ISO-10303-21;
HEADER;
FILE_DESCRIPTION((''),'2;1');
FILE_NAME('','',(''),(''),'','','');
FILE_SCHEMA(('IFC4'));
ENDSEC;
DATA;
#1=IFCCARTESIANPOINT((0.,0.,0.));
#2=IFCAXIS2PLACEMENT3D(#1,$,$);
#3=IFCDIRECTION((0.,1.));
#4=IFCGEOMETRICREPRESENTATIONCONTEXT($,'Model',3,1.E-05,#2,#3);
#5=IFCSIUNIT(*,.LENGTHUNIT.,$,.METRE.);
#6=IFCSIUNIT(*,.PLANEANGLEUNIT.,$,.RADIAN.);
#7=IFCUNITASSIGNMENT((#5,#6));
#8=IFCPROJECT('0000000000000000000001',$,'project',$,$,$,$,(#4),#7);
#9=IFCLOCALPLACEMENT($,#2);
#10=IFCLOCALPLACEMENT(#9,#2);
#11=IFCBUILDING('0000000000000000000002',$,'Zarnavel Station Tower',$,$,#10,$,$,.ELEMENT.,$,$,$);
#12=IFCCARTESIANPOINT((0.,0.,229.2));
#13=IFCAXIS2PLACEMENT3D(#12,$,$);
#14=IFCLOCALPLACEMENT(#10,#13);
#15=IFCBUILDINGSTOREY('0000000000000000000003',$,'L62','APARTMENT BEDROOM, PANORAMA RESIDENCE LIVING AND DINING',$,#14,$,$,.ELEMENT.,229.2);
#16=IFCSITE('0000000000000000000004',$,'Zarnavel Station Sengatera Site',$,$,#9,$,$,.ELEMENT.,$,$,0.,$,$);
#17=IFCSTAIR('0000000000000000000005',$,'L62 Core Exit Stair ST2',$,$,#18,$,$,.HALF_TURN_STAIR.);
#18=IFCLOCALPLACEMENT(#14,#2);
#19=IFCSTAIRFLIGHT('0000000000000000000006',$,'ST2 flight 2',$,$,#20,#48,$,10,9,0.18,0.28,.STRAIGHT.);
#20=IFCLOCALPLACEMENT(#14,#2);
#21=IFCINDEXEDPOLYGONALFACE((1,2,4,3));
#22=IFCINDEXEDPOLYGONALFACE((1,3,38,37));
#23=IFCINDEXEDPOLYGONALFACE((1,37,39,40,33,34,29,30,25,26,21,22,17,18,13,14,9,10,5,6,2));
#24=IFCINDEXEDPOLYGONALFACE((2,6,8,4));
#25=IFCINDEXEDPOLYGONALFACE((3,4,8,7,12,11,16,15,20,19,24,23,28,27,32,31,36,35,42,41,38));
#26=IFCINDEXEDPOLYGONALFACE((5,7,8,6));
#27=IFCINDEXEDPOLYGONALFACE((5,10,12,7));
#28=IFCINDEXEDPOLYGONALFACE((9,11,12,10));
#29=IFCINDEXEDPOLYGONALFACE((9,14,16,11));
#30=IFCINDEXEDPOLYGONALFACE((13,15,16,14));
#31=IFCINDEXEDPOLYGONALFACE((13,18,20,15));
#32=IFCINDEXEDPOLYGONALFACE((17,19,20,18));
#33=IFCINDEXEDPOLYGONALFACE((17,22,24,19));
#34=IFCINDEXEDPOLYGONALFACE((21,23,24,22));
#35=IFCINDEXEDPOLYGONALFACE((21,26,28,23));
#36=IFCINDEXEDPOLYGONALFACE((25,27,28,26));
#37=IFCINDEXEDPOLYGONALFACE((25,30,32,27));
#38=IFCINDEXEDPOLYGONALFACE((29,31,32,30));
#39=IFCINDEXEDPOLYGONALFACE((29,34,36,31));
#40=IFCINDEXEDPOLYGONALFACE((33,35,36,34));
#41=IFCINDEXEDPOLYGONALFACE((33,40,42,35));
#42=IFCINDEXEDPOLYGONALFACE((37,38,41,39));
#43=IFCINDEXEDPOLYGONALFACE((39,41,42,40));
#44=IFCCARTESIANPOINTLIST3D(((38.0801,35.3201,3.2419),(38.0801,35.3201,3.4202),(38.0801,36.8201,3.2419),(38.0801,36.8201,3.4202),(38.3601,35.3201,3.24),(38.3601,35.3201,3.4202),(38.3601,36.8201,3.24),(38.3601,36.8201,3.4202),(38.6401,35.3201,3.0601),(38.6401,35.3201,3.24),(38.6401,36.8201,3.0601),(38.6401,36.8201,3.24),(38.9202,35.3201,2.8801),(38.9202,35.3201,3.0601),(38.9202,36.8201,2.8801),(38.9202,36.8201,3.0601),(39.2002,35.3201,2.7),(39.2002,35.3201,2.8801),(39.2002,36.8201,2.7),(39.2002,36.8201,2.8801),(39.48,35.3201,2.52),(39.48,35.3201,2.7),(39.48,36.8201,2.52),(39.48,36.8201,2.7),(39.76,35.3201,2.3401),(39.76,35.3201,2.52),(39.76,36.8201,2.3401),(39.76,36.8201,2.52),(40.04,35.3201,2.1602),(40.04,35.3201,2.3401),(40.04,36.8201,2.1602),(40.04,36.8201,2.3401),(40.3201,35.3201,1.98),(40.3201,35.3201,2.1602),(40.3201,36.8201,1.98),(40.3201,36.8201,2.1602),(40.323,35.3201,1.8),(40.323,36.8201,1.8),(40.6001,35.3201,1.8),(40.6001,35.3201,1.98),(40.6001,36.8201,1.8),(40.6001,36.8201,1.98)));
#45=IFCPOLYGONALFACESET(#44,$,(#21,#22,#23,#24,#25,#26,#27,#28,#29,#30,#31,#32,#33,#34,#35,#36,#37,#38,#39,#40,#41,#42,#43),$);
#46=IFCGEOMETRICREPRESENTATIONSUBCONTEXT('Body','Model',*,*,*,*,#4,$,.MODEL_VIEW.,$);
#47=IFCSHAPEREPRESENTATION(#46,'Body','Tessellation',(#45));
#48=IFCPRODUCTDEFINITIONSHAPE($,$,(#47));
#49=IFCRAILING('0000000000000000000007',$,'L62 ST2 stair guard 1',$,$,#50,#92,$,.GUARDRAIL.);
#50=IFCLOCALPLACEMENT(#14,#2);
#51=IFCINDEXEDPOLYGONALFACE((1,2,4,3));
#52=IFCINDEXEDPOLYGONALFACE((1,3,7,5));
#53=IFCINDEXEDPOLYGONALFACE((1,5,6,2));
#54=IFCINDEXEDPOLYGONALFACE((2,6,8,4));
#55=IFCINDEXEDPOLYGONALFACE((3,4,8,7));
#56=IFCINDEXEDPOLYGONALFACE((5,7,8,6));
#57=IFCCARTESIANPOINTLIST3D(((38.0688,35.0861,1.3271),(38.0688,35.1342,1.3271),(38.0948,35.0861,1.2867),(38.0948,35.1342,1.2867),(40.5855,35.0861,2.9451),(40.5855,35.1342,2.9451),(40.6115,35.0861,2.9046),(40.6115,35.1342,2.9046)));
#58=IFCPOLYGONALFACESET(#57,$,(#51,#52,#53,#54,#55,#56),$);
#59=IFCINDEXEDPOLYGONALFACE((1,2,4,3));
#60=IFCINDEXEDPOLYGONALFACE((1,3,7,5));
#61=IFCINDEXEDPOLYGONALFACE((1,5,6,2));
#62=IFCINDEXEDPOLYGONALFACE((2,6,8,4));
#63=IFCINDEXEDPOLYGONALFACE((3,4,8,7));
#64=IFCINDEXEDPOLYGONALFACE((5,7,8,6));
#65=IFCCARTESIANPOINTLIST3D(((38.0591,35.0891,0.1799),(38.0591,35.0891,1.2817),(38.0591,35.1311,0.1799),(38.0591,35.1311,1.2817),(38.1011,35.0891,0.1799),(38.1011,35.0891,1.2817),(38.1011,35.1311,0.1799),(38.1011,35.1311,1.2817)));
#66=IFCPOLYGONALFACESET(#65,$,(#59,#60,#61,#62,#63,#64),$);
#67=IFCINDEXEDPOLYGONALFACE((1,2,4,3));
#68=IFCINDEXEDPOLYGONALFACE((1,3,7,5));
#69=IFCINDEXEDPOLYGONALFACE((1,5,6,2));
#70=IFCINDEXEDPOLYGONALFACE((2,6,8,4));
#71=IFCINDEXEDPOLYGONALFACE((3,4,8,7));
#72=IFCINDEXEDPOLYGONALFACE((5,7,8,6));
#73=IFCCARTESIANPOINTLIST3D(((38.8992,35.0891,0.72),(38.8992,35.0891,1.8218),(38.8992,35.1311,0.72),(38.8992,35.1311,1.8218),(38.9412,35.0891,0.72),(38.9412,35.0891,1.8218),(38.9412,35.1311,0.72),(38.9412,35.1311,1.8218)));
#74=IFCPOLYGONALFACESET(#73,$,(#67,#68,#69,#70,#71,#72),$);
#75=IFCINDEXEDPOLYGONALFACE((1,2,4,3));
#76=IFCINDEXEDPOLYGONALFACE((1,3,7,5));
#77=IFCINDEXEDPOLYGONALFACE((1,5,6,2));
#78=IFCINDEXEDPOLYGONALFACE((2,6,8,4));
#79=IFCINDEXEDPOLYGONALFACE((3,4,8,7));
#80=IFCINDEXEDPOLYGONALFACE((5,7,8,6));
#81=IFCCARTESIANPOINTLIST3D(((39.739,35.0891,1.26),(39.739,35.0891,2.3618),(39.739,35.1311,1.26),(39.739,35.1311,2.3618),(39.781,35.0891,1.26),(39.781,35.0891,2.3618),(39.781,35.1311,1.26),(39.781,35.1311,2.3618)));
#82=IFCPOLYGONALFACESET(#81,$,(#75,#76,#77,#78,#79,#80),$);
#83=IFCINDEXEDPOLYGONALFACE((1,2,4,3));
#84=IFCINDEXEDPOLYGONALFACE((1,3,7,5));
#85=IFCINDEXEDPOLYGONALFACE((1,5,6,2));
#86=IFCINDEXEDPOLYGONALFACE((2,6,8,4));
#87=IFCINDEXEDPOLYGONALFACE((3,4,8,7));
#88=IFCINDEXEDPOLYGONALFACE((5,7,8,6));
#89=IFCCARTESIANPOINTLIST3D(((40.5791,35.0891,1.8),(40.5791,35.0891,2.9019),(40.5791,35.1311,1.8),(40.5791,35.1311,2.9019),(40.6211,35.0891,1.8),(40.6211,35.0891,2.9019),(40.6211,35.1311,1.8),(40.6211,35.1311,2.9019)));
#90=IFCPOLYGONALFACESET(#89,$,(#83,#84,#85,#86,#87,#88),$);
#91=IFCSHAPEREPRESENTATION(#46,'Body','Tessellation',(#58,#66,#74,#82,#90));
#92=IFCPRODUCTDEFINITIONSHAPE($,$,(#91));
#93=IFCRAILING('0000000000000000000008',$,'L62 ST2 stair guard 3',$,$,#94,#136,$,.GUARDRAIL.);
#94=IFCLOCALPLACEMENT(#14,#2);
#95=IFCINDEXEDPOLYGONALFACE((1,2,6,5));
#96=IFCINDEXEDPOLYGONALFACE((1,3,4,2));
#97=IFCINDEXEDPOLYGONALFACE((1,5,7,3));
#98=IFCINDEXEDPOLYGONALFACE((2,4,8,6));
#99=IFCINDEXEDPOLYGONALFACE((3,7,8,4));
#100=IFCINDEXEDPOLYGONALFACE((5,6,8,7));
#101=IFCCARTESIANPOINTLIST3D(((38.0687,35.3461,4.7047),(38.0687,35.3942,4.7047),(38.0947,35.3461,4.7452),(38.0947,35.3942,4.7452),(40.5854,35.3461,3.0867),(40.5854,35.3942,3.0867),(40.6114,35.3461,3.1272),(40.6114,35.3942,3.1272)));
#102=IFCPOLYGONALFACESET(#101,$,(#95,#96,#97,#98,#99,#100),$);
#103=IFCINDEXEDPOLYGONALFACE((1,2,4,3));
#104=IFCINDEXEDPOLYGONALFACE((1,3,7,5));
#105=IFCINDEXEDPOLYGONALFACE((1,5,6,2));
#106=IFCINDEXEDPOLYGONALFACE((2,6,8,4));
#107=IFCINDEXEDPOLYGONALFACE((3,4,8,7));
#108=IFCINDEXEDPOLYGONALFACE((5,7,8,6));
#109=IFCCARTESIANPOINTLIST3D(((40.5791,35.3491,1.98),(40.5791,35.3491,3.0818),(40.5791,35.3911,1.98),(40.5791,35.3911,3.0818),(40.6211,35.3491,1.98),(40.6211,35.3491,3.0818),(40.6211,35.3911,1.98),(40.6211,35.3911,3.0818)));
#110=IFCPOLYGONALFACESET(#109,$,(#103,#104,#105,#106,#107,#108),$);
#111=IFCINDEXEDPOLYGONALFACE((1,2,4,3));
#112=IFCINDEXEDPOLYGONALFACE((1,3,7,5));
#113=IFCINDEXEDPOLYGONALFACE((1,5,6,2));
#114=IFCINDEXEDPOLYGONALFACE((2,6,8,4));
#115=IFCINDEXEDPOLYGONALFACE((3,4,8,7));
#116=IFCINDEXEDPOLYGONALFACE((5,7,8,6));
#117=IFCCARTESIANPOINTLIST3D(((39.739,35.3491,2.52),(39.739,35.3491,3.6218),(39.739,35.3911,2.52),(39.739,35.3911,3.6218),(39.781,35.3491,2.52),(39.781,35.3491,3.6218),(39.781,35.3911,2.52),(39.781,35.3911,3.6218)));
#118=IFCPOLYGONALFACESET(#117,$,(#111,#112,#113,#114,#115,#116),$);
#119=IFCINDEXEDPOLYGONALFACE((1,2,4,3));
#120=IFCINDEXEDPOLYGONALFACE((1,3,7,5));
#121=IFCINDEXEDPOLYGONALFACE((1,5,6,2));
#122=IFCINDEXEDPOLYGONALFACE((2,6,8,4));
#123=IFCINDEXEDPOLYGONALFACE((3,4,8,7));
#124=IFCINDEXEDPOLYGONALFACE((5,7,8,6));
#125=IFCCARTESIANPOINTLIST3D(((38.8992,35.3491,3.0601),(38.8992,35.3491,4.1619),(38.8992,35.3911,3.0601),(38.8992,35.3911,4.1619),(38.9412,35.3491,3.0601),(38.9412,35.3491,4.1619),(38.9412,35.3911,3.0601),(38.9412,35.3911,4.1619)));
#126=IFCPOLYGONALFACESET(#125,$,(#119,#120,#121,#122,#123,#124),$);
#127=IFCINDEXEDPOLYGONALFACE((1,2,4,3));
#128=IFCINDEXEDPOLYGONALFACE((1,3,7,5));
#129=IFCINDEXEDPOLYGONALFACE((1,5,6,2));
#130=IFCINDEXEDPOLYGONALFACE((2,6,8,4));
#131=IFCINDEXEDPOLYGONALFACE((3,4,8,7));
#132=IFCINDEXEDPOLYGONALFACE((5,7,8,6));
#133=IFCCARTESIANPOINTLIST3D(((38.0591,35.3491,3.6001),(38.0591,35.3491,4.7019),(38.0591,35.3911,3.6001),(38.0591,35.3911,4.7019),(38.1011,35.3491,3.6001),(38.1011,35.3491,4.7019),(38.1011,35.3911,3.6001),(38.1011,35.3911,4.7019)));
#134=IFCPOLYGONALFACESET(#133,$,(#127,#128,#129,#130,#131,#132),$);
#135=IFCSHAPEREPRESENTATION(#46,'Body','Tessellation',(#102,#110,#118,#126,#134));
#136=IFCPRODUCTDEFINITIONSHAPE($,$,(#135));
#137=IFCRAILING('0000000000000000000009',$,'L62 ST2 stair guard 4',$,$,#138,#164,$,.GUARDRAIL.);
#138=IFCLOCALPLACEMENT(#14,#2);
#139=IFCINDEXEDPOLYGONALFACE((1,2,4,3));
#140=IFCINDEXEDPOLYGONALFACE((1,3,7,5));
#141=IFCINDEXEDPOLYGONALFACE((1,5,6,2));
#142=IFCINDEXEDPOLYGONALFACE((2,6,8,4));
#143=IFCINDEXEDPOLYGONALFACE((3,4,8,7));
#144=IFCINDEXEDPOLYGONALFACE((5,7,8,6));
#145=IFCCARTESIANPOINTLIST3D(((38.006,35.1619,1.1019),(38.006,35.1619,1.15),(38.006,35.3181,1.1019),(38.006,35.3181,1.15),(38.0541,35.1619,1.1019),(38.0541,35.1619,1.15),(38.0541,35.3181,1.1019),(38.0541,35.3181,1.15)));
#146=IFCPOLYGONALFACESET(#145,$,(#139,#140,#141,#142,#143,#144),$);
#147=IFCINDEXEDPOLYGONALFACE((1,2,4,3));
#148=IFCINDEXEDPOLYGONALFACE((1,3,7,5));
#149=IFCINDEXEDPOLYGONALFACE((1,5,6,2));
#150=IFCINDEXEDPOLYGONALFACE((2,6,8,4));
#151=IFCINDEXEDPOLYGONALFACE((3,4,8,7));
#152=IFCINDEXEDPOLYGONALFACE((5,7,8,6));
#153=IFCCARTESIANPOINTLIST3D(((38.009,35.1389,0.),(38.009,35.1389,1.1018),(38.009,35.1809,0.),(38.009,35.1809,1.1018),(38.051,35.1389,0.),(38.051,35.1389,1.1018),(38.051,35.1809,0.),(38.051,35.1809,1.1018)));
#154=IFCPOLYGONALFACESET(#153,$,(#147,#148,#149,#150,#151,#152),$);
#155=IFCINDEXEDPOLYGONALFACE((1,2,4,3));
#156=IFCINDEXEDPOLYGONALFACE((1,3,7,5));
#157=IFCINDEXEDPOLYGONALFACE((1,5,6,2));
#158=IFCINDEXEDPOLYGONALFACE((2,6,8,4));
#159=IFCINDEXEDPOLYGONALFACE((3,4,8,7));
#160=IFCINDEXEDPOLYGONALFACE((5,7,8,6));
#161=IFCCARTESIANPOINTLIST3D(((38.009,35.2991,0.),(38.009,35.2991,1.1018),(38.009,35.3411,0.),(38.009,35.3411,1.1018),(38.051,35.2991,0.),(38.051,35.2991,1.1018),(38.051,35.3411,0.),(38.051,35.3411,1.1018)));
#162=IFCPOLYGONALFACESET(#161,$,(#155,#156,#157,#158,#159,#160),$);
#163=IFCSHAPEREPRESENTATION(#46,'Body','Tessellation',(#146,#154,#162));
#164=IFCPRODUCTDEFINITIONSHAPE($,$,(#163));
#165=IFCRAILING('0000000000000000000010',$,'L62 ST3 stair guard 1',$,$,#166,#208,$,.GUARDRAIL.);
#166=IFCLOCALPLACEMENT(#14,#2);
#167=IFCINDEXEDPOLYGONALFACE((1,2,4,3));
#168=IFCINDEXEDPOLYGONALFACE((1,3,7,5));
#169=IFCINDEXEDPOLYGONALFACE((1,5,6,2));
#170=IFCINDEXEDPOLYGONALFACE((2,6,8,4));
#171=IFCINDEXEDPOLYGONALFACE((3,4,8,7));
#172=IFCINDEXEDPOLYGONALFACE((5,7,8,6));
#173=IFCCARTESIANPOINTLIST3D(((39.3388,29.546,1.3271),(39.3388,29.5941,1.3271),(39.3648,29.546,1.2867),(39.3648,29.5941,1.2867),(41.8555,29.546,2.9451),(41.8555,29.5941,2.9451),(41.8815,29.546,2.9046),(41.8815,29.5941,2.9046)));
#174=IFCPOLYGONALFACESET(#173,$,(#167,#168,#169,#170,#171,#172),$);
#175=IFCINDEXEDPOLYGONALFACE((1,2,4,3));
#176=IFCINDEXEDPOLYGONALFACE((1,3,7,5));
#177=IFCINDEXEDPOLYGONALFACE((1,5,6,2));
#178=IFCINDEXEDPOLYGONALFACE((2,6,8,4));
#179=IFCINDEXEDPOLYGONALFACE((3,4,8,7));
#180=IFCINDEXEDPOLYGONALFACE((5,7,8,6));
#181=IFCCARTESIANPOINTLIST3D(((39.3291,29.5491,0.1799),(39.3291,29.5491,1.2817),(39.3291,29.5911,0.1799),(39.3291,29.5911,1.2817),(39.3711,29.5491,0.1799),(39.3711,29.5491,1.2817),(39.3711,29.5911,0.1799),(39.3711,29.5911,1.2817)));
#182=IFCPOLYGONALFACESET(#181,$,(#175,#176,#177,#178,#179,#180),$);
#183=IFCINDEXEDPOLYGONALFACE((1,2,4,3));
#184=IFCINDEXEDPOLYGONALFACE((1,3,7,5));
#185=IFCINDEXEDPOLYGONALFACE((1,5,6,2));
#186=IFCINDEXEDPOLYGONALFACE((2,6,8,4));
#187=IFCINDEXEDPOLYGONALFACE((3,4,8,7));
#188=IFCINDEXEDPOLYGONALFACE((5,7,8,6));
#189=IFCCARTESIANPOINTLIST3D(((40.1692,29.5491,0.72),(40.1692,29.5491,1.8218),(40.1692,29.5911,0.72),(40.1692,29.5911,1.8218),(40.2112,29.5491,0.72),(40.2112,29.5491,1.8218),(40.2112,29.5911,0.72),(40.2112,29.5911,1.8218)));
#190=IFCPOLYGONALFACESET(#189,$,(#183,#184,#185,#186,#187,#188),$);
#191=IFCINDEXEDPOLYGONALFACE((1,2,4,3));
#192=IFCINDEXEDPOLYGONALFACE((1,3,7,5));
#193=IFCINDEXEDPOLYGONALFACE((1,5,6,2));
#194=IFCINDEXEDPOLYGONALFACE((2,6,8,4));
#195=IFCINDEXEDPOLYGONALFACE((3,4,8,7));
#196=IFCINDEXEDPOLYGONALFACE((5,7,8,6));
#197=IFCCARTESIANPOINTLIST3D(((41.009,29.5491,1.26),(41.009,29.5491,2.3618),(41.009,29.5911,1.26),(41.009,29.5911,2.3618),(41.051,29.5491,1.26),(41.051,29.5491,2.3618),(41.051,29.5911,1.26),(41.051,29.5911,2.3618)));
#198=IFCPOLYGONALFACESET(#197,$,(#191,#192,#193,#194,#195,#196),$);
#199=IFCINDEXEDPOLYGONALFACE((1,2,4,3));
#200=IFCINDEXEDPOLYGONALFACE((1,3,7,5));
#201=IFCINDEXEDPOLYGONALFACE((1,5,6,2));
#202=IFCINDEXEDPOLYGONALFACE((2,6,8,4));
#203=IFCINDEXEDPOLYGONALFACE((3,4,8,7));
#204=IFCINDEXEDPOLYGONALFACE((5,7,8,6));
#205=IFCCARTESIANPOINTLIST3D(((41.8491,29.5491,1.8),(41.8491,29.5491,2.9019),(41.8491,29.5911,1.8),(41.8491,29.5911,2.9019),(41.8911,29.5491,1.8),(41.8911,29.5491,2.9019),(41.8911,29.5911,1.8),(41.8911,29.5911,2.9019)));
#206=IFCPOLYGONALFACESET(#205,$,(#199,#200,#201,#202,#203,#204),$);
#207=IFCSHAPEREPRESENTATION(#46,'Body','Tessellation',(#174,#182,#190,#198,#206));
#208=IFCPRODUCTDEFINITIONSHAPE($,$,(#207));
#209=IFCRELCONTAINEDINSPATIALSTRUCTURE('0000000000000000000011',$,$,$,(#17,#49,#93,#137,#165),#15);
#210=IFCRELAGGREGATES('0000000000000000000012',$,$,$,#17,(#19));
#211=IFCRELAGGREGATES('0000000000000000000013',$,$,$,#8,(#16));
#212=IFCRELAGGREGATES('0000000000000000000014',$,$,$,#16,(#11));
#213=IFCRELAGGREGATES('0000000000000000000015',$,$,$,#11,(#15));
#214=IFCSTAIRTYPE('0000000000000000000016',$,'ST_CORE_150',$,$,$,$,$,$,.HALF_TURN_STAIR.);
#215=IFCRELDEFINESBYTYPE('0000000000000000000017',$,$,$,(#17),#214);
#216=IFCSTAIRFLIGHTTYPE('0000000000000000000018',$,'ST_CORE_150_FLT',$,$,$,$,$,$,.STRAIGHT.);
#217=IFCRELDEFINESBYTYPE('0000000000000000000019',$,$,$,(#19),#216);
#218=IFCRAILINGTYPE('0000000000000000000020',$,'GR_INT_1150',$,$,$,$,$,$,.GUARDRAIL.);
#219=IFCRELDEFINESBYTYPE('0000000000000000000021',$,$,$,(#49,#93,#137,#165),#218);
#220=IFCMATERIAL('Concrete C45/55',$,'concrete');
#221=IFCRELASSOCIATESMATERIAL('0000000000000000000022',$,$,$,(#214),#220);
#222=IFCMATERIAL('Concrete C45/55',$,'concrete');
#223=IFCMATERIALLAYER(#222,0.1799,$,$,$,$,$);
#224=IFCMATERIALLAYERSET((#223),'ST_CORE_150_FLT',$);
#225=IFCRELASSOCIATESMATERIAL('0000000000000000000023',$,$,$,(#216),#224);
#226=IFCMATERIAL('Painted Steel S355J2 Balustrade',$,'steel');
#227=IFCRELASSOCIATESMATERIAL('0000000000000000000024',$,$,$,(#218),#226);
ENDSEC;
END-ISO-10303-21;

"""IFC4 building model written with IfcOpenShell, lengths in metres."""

from ifc_helpers import new_model, si_unit, direction, frame, origin, origin_2d, place, context, subcontext, project, spatial, polyline, rectangle, outline, extrude, material, layer, layer_set, type_object, element, aggregate, save


model = new_model("IFC4")

# Units and contexts
model_context = context("Model", 3, precision=1e-05, world=origin(), true_north=direction((0.0, 1.0)))
body_context = subcontext(model_context, "Body", "Model", "MODEL_VIEW")
ifc_project = project(units=[si_unit("LENGTHUNIT", "METRE"), si_unit("PLANEANGLEUNIT", "RADIAN")], contexts=[model_context])

# Site, building, storey
site_placement = place(None, origin())
site = spatial("IfcSite", under=ifc_project, at=site_placement, Name="Zarnavel Station Sengatera Site", CompositionType="ELEMENT", RefElevation=0.0)
building_placement = place(site_placement, origin())
building = spatial("IfcBuilding", under=site, at=building_placement, Name="Zarnavel Station Tower", CompositionType="ELEMENT")
storey_placement = place(building_placement, frame((0.0, 0.0, 229.2)))
storey = spatial("IfcBuildingStorey", under=building, at=storey_placement, Name="L62", Description="APARTMENT BEDROOM, PANORAMA RESIDENCE LIVING AND DINING", CompositionType="ELEMENT", Elevation=229.2)

# Stair, stair flight
ifc_material_1 = material(Name="Concrete C45/55", Category="concrete")
stair_type = type_object("IfcStairType", Name="ST_CORE_150", PredefinedType="HALF_TURN_STAIR", material=ifc_material_1)
stair_placement = place(storey_placement, origin())
stair = element("IfcStair", 1, at=stair_placement, inside=storey, type_object=stair_type, Name="L62 Core Exit Stair ST2", PredefinedType="HALF_TURN_STAIR")
ifc_material_2 = material(Name="Concrete C45/55", Category="concrete")
ifc_layer_1 = layer(ifc_material_2, 0.1799)
ifc_layer_set_1 = layer_set([ifc_layer_1], Name="ST_CORE_150_FLT")
stair_flight_type = type_object("IfcStairFlightType", Name="ST_CORE_150_FLT", PredefinedType="STRAIGHT", material=ifc_layer_set_1)
stair_flight_1_placement = place(storey_placement, frame((40.6001, 36.0701, 1.8), z_axis=(0.0, 0.0, 1.0), x_axis=(-1.0, 0.0, 0.0)))
stair_flight_1 = element("IfcStairFlight", 2, at=stair_flight_1_placement, type_object=stair_flight_type, Name="ST2 flight 2", NumberOfRisers=10, NumberOfTreads=9, PredefinedType="STRAIGHT", RiserHeight=0.18, TreadLength=0.28, context=body_context, shape_type="SweptSolid", body=[
    extrude(outline(polyline([(0.0, 0.0), (0.0, 0.1799), (0.28, 0.1799), (0.28, 0.3601), (0.5601, 0.3601), (0.5601, 0.54), (0.8401, 0.54), (0.8401, 0.72), (1.1201, 0.72), (1.1201, 0.8999), (1.3999, 0.8999), (1.3999, 1.0801), (1.6799, 1.0801), (1.6799, 1.26), (1.96, 1.26), (1.96, 1.4399), (2.24, 1.4399), (2.24, 1.6201), (2.52, 1.6201), (2.52, 1.8), (2.52, 1.4419), (0.2771, 0.0), (0.0, 0.0)])), frame((0.0, 0.75, 0.0), z_axis=(0.0, -1.0, 0.0), x_axis=(1.0, 0.0, 0.0)), (0.0, 0.0, 1.0), 1.5),
])
aggregate(stair, [stair_flight_1])

# Railings
ifc_material_3 = material(Name="Painted Steel S355J2 Balustrade", Category="steel")
railing_type_1 = type_object("IfcRailingType", Name="GR_INT_1150", PredefinedType="GUARDRAIL", material=ifc_material_3)
railing_1_placement = place(storey_placement, frame((38.0801, 35.1101, 0.1799)))
element("IfcRailing", 3, at=railing_1_placement, inside=storey, type_object=railing_type_1, Name="L62 ST2 stair guard 1", PredefinedType="GUARDRAIL", context=body_context, shape_type="SweptSolid", body=[
    extrude(rectangle(XDim=0.0481, YDim=0.0481, at=origin_2d()), frame((0.0017, 0.0, 1.127), z_axis=(0.841163, 0.0, 0.540782), x_axis=(0.0, 1.0, 0.0)), (0.0, 0.0, 1.0), 2.9919),
    extrude(rectangle(XDim=0.042, YDim=0.042, at=origin_2d()), origin(), (0.0, 0.0, 1.0), 1.1018),
    extrude(rectangle(XDim=0.042, YDim=0.042, at=origin_2d()), frame((0.8401, 0.0, 0.54)), (0.0, 0.0, 1.0), 1.1018),
    extrude(rectangle(XDim=0.042, YDim=0.042, at=origin_2d()), frame((1.6799, 0.0, 1.0801)), (0.0, 0.0, 1.0), 1.1018),
    extrude(rectangle(XDim=0.042, YDim=0.042, at=origin_2d()), frame((2.52, 0.0, 1.6201)), (0.0, 0.0, 1.0), 1.1018),
])
railing_2_placement = place(storey_placement, frame((40.6001, 35.3701, 1.98)))
element("IfcRailing", 4, at=railing_2_placement, inside=storey, type_object=railing_type_1, Name="L62 ST2 stair guard 3", PredefinedType="GUARDRAIL", context=body_context, shape_type="SweptSolid", body=[
    extrude(rectangle(XDim=0.0481, YDim=0.0481, at=origin_2d()), frame((-0.0017, 0.0, 1.127), z_axis=(-0.841163, 0.0, 0.540782), x_axis=(0.0, -1.0, 0.0)), (0.0, 0.0, 1.0), 2.9919),
    extrude(rectangle(XDim=0.042, YDim=0.042, at=origin_2d()), origin(), (0.0, 0.0, 1.0), 1.1018),
    extrude(rectangle(XDim=0.042, YDim=0.042, at=origin_2d()), frame((-0.8401, 0.0, 0.54)), (0.0, 0.0, 1.0), 1.1018),
    extrude(rectangle(XDim=0.042, YDim=0.042, at=origin_2d()), frame((-1.6799, 0.0, 1.0801)), (0.0, 0.0, 1.0), 1.1018),
    extrude(rectangle(XDim=0.042, YDim=0.042, at=origin_2d()), frame((-2.52, 0.0, 1.6201)), (0.0, 0.0, 1.0), 1.1018),
])
railing_3_placement = place(storey_placement, frame((38.03, 35.1599, 0.0)))
element("IfcRailing", 5, at=railing_3_placement, inside=storey, type_object=railing_type_1, Name="L62 ST2 stair guard 4", PredefinedType="GUARDRAIL", context=body_context, shape_type="SweptSolid", body=[
    extrude(rectangle(XDim=0.0481, YDim=0.0481, at=origin_2d()), frame((0.0, 0.002, 1.126), z_axis=(0.0, 1.0, 0.0), x_axis=(-1.0, 0.0, 0.0)), (0.0, 0.0, 1.0), 0.1562),
    extrude(rectangle(XDim=0.042, YDim=0.042, at=origin_2d()), origin(), (0.0, 0.0, 1.0), 1.1018),
    extrude(rectangle(XDim=0.042, YDim=0.042, at=origin_2d()), frame((0.0, 0.1602, 0.0)), (0.0, 0.0, 1.0), 1.1018),
])
railing_4_placement = place(storey_placement, frame((39.3501, 29.5701, 0.1799)))
element("IfcRailing", 6, at=railing_4_placement, inside=storey, type_object=railing_type_1, Name="L62 ST3 stair guard 1", PredefinedType="GUARDRAIL", context=body_context, shape_type="SweptSolid", body=[
    extrude(rectangle(XDim=0.0481, YDim=0.0481, at=origin_2d()), frame((0.0017, 0.0, 1.127), z_axis=(0.841163, 0.0, 0.540782), x_axis=(0.0, 1.0, 0.0)), (0.0, 0.0, 1.0), 2.9919),
    extrude(rectangle(XDim=0.042, YDim=0.042, at=origin_2d()), origin(), (0.0, 0.0, 1.0), 1.1018),
    extrude(rectangle(XDim=0.042, YDim=0.042, at=origin_2d()), frame((0.8401, 0.0, 0.54)), (0.0, 0.0, 1.0), 1.1018),
    extrude(rectangle(XDim=0.042, YDim=0.042, at=origin_2d()), frame((1.6799, 0.0, 1.0801)), (0.0, 0.0, 1.0), 1.1018),
    extrude(rectangle(XDim=0.042, YDim=0.042, at=origin_2d()), frame((2.52, 0.0, 1.6201)), (0.0, 0.0, 1.0), 1.1018),
])

save(model, "model.ifc")
